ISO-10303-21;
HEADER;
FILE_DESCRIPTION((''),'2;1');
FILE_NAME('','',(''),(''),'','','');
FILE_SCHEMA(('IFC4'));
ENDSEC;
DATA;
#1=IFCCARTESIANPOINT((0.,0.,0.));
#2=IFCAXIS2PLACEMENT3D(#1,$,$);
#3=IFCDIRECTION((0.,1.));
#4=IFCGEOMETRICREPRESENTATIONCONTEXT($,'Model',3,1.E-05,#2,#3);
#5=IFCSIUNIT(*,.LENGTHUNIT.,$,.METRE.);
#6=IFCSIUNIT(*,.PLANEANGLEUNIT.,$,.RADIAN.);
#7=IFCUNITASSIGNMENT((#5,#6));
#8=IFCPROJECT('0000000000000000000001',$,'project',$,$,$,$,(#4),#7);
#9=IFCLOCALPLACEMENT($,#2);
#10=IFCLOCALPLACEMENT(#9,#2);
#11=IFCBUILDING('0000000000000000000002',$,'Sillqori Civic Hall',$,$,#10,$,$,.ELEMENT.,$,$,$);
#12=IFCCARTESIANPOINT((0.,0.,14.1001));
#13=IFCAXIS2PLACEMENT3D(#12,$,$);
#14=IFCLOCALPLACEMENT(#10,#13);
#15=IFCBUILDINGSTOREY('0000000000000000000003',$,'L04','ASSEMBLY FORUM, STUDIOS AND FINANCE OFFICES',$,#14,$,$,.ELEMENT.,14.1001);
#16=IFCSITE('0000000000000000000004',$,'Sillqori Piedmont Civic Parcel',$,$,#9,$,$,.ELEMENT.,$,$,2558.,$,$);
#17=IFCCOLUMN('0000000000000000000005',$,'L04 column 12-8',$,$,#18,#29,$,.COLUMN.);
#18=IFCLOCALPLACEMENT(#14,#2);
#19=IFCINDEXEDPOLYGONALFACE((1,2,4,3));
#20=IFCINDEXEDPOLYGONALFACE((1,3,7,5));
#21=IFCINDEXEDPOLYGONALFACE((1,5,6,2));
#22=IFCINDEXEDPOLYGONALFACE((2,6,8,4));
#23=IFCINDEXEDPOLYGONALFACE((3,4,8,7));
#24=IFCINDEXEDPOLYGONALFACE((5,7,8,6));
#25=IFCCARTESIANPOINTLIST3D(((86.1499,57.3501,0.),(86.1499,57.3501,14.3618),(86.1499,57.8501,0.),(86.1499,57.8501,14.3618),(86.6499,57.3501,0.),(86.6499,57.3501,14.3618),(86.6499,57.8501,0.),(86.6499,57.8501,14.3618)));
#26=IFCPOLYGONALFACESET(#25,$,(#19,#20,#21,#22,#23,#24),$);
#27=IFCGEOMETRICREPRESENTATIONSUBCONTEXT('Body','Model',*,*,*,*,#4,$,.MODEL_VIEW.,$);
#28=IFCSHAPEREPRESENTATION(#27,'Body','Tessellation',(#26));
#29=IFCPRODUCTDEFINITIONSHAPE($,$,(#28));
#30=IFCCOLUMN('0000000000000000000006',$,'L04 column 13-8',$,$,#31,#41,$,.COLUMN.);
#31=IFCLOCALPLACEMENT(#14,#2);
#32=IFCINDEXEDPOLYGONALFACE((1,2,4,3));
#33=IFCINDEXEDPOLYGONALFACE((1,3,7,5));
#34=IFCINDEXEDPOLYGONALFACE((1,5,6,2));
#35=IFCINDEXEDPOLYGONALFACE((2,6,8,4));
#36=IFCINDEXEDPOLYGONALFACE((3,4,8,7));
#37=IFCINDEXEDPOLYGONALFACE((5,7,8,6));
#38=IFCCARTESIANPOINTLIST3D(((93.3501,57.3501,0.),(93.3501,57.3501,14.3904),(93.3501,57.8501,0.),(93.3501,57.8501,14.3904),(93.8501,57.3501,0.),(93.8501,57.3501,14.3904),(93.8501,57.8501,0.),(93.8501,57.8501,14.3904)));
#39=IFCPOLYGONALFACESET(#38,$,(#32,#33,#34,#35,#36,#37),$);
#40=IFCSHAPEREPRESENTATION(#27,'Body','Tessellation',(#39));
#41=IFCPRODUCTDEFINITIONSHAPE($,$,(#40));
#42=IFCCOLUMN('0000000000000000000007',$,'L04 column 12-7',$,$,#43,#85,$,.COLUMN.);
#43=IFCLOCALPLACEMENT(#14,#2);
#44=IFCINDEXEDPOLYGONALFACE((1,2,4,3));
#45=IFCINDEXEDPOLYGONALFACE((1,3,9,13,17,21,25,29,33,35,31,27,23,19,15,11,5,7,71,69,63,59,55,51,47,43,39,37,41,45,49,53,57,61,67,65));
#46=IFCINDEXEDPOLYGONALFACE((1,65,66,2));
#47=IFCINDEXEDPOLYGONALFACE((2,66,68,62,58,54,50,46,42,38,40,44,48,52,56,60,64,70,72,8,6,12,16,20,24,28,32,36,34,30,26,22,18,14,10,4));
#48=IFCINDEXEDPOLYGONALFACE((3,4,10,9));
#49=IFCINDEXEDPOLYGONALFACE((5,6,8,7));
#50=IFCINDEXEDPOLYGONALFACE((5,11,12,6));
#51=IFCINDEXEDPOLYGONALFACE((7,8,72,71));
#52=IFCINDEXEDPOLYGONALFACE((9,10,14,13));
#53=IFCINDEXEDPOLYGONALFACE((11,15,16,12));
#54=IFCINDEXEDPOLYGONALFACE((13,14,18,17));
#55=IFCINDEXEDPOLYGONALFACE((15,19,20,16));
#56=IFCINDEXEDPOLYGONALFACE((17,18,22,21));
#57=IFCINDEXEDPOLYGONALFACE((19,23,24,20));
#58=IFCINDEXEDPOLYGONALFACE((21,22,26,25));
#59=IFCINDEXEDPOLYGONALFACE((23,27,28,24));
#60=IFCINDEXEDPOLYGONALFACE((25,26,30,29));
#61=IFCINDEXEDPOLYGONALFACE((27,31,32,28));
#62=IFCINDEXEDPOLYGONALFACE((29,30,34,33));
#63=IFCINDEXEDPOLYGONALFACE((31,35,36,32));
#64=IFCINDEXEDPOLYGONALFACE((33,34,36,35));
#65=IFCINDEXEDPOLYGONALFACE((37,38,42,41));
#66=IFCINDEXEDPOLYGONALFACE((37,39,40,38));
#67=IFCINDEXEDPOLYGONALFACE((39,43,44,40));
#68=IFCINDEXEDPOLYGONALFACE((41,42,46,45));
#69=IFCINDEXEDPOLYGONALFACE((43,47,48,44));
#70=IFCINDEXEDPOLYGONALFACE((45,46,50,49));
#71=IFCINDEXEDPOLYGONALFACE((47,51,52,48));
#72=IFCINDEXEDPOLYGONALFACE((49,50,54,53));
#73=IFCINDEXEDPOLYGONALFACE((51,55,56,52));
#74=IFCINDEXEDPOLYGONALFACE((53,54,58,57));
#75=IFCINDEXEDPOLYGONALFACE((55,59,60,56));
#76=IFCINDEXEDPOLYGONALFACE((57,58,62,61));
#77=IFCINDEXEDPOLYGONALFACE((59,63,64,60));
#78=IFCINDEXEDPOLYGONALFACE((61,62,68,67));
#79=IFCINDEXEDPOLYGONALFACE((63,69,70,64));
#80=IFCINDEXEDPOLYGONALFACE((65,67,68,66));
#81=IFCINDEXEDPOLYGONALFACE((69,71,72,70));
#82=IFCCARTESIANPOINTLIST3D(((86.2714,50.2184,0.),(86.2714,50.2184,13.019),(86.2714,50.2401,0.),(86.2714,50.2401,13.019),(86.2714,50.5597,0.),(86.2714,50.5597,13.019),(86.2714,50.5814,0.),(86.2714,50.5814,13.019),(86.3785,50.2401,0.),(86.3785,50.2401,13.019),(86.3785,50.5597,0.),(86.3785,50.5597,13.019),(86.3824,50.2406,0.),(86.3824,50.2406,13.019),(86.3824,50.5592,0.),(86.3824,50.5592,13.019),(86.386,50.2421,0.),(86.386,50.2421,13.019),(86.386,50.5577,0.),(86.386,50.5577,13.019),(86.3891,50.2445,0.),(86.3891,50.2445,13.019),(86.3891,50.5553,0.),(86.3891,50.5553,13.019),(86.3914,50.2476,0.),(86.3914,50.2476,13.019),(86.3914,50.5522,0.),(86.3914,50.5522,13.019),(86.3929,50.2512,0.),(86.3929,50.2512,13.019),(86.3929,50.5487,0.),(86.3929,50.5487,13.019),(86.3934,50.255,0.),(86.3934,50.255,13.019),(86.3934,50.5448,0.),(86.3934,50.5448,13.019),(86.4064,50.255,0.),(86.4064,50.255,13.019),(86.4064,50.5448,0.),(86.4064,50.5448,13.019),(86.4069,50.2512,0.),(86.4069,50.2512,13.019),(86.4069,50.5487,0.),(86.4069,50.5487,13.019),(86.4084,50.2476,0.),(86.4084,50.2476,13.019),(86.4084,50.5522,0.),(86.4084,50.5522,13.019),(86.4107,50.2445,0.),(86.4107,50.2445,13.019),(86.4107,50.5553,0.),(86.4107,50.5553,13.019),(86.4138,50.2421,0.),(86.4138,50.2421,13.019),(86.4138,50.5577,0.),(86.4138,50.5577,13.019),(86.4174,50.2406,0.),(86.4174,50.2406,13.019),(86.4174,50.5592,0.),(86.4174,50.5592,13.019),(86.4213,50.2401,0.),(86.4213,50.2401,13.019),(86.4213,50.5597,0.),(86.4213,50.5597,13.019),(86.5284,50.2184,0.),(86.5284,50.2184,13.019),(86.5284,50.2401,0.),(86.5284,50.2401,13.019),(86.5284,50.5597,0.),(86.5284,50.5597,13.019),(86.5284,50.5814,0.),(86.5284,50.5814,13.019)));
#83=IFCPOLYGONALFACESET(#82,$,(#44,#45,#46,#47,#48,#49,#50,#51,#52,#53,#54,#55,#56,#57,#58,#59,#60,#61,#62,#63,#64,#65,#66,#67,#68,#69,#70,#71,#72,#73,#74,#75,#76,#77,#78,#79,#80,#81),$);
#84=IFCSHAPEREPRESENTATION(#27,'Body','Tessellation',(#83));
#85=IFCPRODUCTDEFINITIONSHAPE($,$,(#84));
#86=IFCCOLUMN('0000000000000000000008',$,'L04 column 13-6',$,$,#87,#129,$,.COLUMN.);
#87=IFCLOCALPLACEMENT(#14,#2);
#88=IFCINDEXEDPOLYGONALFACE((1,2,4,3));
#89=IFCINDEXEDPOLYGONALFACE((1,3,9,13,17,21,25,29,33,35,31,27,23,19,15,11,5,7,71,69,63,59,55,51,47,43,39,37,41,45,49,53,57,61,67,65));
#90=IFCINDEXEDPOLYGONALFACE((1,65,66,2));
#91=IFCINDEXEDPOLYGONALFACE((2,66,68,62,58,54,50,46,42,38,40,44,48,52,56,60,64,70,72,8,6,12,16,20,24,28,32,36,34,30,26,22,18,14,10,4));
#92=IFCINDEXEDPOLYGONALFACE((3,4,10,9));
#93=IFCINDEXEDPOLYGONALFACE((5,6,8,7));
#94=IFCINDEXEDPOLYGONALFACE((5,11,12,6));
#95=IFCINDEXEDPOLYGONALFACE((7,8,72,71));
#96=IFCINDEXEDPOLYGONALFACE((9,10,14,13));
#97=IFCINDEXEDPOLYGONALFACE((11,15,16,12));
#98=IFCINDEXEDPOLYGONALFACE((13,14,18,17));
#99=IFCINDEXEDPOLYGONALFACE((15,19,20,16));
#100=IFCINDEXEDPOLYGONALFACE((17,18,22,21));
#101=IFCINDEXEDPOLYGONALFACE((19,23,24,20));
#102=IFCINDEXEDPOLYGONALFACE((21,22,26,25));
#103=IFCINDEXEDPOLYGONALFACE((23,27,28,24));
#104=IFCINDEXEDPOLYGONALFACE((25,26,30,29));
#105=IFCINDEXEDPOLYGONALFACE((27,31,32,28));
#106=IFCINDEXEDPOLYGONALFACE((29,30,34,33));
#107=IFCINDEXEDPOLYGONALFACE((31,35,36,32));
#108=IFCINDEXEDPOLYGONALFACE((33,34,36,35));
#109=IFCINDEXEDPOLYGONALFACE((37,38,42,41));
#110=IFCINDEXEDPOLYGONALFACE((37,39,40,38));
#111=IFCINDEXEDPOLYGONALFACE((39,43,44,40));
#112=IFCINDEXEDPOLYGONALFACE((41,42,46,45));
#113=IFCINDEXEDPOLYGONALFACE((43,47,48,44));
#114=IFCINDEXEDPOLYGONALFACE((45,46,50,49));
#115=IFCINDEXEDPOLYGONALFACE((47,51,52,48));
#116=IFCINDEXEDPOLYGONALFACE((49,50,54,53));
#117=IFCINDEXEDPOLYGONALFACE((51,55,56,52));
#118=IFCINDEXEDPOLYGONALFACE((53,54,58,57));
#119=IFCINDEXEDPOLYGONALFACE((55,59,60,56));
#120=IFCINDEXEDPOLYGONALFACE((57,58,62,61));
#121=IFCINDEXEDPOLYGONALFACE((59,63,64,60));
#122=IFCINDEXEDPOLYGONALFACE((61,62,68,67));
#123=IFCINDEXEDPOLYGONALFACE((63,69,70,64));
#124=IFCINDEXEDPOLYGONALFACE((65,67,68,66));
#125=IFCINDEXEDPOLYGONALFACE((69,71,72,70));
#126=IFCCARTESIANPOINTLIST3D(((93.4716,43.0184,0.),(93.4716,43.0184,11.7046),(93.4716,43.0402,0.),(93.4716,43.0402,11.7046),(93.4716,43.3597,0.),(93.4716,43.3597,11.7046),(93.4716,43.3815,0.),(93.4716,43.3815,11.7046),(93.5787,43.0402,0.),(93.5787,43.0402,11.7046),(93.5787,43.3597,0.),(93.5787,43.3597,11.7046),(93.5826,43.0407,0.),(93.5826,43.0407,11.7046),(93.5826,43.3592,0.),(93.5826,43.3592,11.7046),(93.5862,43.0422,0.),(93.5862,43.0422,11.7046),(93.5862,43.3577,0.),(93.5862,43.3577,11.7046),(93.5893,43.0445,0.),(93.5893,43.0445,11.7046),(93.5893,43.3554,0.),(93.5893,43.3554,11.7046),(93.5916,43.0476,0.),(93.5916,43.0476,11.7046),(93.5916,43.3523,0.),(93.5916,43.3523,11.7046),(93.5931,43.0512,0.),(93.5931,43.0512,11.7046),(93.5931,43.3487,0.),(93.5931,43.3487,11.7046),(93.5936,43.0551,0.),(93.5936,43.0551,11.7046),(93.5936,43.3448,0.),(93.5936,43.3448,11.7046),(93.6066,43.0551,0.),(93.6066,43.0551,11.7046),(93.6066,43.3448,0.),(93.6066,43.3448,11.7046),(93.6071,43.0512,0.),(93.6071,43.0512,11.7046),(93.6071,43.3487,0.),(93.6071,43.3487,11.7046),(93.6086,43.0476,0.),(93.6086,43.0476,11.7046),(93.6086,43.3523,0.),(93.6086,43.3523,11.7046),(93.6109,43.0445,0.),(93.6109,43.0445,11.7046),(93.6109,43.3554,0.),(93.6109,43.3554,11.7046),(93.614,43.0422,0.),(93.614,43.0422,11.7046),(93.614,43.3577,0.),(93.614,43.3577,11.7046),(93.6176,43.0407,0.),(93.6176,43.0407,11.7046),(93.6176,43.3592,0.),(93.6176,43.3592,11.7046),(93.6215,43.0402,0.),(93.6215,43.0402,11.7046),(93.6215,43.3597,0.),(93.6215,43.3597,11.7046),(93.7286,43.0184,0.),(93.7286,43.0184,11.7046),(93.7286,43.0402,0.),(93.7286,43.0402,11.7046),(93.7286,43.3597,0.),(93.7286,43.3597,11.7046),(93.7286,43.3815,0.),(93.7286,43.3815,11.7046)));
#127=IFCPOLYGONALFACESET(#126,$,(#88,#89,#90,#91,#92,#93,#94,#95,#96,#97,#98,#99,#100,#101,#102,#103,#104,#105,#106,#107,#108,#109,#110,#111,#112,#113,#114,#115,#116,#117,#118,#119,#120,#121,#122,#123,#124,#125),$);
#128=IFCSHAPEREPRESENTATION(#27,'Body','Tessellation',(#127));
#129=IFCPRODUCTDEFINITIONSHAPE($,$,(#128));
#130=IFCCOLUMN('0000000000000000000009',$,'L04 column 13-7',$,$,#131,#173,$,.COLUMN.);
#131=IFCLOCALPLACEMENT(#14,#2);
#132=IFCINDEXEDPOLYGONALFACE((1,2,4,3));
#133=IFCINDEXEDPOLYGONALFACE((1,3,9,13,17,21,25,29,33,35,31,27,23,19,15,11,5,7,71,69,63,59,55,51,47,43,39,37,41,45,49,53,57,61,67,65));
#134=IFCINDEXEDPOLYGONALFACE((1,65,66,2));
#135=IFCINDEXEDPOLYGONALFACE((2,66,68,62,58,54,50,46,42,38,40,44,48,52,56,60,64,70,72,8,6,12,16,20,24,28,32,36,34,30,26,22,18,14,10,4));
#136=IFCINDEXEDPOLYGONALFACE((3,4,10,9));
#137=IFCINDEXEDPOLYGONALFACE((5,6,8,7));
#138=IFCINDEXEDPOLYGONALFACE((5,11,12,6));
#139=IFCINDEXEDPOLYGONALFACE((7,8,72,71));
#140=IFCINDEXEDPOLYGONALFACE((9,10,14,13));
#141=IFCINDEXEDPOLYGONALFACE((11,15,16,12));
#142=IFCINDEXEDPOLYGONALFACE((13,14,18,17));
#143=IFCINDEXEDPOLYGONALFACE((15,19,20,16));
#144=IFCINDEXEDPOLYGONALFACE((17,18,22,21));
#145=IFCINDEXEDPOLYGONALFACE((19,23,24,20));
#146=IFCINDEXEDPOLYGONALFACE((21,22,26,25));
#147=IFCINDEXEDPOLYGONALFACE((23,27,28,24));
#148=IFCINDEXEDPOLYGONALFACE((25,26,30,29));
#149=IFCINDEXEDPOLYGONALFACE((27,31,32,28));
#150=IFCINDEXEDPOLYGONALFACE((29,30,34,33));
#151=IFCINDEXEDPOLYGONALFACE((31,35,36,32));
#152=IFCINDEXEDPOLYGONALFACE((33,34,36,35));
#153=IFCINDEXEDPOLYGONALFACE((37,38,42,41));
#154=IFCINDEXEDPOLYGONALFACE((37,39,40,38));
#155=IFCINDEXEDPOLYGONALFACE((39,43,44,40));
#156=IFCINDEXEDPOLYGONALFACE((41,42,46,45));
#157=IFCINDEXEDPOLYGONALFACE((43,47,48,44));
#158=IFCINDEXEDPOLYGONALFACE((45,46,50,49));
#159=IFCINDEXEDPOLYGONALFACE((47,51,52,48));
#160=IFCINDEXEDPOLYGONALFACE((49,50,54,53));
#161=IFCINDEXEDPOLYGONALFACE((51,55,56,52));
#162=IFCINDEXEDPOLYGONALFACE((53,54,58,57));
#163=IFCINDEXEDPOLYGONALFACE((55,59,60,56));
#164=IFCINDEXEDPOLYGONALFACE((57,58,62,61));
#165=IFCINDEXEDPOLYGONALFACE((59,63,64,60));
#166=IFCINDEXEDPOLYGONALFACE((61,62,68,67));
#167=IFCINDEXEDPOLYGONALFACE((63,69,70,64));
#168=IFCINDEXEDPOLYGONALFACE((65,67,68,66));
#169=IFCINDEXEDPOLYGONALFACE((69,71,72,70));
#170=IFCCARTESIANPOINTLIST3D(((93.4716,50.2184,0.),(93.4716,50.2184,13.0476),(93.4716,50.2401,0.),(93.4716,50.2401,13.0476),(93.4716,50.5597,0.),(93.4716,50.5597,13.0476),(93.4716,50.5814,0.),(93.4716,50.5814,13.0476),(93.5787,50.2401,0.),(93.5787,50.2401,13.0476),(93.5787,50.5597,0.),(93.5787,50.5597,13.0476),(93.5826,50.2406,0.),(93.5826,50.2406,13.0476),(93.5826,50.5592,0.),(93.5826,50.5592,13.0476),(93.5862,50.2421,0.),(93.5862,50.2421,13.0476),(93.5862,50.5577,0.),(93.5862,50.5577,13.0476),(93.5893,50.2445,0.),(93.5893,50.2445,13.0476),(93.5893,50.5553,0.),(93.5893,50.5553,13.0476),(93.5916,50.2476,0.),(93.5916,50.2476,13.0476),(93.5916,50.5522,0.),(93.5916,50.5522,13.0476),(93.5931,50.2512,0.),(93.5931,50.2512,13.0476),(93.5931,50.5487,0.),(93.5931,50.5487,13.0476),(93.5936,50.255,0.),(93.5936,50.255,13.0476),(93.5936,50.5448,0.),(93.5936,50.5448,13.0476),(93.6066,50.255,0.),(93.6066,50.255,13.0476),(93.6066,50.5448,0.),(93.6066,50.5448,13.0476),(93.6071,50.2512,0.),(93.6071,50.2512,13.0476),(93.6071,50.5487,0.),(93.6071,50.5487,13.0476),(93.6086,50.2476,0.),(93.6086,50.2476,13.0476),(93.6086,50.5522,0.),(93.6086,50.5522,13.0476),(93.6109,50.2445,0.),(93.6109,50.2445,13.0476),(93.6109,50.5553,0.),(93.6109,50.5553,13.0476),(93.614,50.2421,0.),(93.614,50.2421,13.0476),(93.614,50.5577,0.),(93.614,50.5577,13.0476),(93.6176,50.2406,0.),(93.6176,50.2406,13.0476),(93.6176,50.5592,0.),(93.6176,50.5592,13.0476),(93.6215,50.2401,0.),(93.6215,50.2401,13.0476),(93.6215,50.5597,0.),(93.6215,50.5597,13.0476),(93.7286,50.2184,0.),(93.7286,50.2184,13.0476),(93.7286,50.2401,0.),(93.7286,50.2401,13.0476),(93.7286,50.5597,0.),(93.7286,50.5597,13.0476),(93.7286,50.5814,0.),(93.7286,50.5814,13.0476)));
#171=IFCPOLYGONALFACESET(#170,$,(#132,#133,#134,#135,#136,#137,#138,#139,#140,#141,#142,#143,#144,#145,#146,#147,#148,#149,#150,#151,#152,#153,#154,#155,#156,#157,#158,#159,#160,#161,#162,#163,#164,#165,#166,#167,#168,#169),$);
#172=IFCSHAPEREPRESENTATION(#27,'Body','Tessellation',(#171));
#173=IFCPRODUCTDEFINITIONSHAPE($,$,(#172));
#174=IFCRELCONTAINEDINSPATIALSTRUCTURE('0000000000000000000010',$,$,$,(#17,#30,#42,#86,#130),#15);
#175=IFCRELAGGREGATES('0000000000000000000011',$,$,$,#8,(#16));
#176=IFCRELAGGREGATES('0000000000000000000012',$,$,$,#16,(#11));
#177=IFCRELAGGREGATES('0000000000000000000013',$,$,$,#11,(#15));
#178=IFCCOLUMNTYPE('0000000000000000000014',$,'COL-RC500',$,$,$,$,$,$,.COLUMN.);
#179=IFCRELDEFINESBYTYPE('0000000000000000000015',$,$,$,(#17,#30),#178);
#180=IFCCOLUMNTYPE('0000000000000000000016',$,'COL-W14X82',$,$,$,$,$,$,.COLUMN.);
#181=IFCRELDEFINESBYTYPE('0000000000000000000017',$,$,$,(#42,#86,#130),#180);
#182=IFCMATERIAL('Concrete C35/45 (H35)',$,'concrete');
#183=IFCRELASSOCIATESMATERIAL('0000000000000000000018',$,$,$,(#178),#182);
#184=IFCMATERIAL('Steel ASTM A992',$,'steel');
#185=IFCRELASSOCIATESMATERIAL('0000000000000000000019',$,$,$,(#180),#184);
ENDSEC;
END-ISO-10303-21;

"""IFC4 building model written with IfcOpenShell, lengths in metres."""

from ifc_helpers import new_model, si_unit, direction, frame, origin, origin_2d, place, context, subcontext, project, spatial, rectangle, i_section, extrude, material, material_profile, profile_set, type_object, element, save


model = new_model("IFC4")

# Units and contexts
model_context = context("Model", 3, precision=1e-05, world=origin(), true_north=direction((0.0, 1.0)))
body_context = subcontext(model_context, "Body", "Model", "MODEL_VIEW")
ifc_project = project(units=[si_unit("LENGTHUNIT", "METRE"), si_unit("PLANEANGLEUNIT", "RADIAN")], contexts=[model_context])

# Site, building, storey
site_placement = place(None, origin())
site = spatial("IfcSite", under=ifc_project, at=site_placement, Name="Sillqori Piedmont Civic Parcel", CompositionType="ELEMENT", RefElevation=2558.0)
building_placement = place(site_placement, origin())
building = spatial("IfcBuilding", under=site, at=building_placement, Name="Sillqori Civic Hall", CompositionType="ELEMENT")
storey_placement = place(building_placement, frame((0.0, 0.0, 14.1001)))
storey = spatial("IfcBuildingStorey", under=building, at=storey_placement, Name="L04", Description="ASSEMBLY FORUM, STUDIOS AND FINANCE OFFICES", CompositionType="ELEMENT", Elevation=14.1001)

# Columns
ifc_material_1 = material(Name="Concrete C35/45 (H35)", Category="concrete")
ifc_material_profile_1 = material_profile(ifc_material_1, rectangle(XDim=0.5, YDim=0.5, at=origin_2d()), Name="RC 500x500")
ifc_profile_set_1 = profile_set([ifc_material_profile_1], Name="Concrete C35/45 (H35)")
column_type_1 = type_object("IfcColumnType", Name="COL-RC500", PredefinedType="COLUMN", material=ifc_profile_set_1)
column_1_placement = place(storey_placement, frame((86.3999, 57.6001, 0.0), z_axis=(0.0, 0.0, 1.0), x_axis=(1.0, 0.0, 0.0)))
element("IfcColumn", 1, at=column_1_placement, inside=storey, type_object=column_type_1, Name="L04 column 12-8", PredefinedType="COLUMN", context=body_context, shape_type="SweptSolid", body=[
    extrude(rectangle(XDim=0.5, YDim=0.5, at=origin_2d()), origin(), (0.0, 0.0, 1.0), 14.3618),
])
column_2_placement = place(storey_placement, frame((93.6001, 57.6001, 0.0), z_axis=(0.0, 0.0, 1.0), x_axis=(1.0, 0.0, 0.0)))
element("IfcColumn", 2, at=column_2_placement, inside=storey, type_object=column_type_1, Name="L04 column 13-8", PredefinedType="COLUMN", context=body_context, shape_type="SweptSolid", body=[
    extrude(rectangle(XDim=0.5, YDim=0.5, at=origin_2d()), origin(), (0.0, 0.0, 1.0), 14.3904),
])
ifc_material_2 = material(Name="Steel ASTM A992", Category="steel")
ifc_material_profile_2 = material_profile(ifc_material_2, i_section(OverallWidth=0.2571, OverallDepth=0.363, WebThickness=0.0129, FlangeThickness=0.0217, FilletRadius=0.0149, at=origin_2d()), Name="W14X82")
ifc_profile_set_2 = profile_set([ifc_material_profile_2], Name="Steel ASTM A992")
column_type_2 = type_object("IfcColumnType", Name="COL-W14X82", PredefinedType="COLUMN", material=ifc_profile_set_2)
column_3_placement = place(storey_placement, frame((86.3999, 50.3999, 0.0), z_axis=(0.0, 0.0, 1.0), x_axis=(1.0, 0.0, 0.0)))
element("IfcColumn", 3, at=column_3_placement, inside=storey, type_object=column_type_2, Name="L04 column 12-7", PredefinedType="COLUMN", context=body_context, shape_type="SweptSolid", body=[
    extrude(i_section(OverallWidth=0.2571, OverallDepth=0.363, WebThickness=0.0129, FlangeThickness=0.0217, FilletRadius=0.0149, at=origin_2d()), origin(), (0.0, 0.0, 1.0), 13.019),
])
column_4_placement = place(storey_placement, frame((93.6001, 43.2, 0.0), z_axis=(0.0, 0.0, 1.0), x_axis=(1.0, 0.0, 0.0)))
element("IfcColumn", 4, at=column_4_placement, inside=storey, type_object=column_type_2, Name="L04 column 13-6", PredefinedType="COLUMN", context=body_context, shape_type="SweptSolid", body=[
    extrude(i_section(OverallWidth=0.2571, OverallDepth=0.363, WebThickness=0.0129, FlangeThickness=0.0217, FilletRadius=0.0149, at=origin_2d()), origin(), (0.0, 0.0, 1.0), 11.7046),
])
column_5_placement = place(storey_placement, frame((93.6001, 50.3999, 0.0), z_axis=(0.0, 0.0, 1.0), x_axis=(1.0, 0.0, 0.0)))
element("IfcColumn", 5, at=column_5_placement, inside=storey, type_object=column_type_2, Name="L04 column 13-7", PredefinedType="COLUMN", context=body_context, shape_type="SweptSolid", body=[
    extrude(i_section(OverallWidth=0.2571, OverallDepth=0.363, WebThickness=0.0129, FlangeThickness=0.0217, FilletRadius=0.0149, at=origin_2d()), origin(), (0.0, 0.0, 1.0), 13.0476),
])

save(model, "model.ifc")
